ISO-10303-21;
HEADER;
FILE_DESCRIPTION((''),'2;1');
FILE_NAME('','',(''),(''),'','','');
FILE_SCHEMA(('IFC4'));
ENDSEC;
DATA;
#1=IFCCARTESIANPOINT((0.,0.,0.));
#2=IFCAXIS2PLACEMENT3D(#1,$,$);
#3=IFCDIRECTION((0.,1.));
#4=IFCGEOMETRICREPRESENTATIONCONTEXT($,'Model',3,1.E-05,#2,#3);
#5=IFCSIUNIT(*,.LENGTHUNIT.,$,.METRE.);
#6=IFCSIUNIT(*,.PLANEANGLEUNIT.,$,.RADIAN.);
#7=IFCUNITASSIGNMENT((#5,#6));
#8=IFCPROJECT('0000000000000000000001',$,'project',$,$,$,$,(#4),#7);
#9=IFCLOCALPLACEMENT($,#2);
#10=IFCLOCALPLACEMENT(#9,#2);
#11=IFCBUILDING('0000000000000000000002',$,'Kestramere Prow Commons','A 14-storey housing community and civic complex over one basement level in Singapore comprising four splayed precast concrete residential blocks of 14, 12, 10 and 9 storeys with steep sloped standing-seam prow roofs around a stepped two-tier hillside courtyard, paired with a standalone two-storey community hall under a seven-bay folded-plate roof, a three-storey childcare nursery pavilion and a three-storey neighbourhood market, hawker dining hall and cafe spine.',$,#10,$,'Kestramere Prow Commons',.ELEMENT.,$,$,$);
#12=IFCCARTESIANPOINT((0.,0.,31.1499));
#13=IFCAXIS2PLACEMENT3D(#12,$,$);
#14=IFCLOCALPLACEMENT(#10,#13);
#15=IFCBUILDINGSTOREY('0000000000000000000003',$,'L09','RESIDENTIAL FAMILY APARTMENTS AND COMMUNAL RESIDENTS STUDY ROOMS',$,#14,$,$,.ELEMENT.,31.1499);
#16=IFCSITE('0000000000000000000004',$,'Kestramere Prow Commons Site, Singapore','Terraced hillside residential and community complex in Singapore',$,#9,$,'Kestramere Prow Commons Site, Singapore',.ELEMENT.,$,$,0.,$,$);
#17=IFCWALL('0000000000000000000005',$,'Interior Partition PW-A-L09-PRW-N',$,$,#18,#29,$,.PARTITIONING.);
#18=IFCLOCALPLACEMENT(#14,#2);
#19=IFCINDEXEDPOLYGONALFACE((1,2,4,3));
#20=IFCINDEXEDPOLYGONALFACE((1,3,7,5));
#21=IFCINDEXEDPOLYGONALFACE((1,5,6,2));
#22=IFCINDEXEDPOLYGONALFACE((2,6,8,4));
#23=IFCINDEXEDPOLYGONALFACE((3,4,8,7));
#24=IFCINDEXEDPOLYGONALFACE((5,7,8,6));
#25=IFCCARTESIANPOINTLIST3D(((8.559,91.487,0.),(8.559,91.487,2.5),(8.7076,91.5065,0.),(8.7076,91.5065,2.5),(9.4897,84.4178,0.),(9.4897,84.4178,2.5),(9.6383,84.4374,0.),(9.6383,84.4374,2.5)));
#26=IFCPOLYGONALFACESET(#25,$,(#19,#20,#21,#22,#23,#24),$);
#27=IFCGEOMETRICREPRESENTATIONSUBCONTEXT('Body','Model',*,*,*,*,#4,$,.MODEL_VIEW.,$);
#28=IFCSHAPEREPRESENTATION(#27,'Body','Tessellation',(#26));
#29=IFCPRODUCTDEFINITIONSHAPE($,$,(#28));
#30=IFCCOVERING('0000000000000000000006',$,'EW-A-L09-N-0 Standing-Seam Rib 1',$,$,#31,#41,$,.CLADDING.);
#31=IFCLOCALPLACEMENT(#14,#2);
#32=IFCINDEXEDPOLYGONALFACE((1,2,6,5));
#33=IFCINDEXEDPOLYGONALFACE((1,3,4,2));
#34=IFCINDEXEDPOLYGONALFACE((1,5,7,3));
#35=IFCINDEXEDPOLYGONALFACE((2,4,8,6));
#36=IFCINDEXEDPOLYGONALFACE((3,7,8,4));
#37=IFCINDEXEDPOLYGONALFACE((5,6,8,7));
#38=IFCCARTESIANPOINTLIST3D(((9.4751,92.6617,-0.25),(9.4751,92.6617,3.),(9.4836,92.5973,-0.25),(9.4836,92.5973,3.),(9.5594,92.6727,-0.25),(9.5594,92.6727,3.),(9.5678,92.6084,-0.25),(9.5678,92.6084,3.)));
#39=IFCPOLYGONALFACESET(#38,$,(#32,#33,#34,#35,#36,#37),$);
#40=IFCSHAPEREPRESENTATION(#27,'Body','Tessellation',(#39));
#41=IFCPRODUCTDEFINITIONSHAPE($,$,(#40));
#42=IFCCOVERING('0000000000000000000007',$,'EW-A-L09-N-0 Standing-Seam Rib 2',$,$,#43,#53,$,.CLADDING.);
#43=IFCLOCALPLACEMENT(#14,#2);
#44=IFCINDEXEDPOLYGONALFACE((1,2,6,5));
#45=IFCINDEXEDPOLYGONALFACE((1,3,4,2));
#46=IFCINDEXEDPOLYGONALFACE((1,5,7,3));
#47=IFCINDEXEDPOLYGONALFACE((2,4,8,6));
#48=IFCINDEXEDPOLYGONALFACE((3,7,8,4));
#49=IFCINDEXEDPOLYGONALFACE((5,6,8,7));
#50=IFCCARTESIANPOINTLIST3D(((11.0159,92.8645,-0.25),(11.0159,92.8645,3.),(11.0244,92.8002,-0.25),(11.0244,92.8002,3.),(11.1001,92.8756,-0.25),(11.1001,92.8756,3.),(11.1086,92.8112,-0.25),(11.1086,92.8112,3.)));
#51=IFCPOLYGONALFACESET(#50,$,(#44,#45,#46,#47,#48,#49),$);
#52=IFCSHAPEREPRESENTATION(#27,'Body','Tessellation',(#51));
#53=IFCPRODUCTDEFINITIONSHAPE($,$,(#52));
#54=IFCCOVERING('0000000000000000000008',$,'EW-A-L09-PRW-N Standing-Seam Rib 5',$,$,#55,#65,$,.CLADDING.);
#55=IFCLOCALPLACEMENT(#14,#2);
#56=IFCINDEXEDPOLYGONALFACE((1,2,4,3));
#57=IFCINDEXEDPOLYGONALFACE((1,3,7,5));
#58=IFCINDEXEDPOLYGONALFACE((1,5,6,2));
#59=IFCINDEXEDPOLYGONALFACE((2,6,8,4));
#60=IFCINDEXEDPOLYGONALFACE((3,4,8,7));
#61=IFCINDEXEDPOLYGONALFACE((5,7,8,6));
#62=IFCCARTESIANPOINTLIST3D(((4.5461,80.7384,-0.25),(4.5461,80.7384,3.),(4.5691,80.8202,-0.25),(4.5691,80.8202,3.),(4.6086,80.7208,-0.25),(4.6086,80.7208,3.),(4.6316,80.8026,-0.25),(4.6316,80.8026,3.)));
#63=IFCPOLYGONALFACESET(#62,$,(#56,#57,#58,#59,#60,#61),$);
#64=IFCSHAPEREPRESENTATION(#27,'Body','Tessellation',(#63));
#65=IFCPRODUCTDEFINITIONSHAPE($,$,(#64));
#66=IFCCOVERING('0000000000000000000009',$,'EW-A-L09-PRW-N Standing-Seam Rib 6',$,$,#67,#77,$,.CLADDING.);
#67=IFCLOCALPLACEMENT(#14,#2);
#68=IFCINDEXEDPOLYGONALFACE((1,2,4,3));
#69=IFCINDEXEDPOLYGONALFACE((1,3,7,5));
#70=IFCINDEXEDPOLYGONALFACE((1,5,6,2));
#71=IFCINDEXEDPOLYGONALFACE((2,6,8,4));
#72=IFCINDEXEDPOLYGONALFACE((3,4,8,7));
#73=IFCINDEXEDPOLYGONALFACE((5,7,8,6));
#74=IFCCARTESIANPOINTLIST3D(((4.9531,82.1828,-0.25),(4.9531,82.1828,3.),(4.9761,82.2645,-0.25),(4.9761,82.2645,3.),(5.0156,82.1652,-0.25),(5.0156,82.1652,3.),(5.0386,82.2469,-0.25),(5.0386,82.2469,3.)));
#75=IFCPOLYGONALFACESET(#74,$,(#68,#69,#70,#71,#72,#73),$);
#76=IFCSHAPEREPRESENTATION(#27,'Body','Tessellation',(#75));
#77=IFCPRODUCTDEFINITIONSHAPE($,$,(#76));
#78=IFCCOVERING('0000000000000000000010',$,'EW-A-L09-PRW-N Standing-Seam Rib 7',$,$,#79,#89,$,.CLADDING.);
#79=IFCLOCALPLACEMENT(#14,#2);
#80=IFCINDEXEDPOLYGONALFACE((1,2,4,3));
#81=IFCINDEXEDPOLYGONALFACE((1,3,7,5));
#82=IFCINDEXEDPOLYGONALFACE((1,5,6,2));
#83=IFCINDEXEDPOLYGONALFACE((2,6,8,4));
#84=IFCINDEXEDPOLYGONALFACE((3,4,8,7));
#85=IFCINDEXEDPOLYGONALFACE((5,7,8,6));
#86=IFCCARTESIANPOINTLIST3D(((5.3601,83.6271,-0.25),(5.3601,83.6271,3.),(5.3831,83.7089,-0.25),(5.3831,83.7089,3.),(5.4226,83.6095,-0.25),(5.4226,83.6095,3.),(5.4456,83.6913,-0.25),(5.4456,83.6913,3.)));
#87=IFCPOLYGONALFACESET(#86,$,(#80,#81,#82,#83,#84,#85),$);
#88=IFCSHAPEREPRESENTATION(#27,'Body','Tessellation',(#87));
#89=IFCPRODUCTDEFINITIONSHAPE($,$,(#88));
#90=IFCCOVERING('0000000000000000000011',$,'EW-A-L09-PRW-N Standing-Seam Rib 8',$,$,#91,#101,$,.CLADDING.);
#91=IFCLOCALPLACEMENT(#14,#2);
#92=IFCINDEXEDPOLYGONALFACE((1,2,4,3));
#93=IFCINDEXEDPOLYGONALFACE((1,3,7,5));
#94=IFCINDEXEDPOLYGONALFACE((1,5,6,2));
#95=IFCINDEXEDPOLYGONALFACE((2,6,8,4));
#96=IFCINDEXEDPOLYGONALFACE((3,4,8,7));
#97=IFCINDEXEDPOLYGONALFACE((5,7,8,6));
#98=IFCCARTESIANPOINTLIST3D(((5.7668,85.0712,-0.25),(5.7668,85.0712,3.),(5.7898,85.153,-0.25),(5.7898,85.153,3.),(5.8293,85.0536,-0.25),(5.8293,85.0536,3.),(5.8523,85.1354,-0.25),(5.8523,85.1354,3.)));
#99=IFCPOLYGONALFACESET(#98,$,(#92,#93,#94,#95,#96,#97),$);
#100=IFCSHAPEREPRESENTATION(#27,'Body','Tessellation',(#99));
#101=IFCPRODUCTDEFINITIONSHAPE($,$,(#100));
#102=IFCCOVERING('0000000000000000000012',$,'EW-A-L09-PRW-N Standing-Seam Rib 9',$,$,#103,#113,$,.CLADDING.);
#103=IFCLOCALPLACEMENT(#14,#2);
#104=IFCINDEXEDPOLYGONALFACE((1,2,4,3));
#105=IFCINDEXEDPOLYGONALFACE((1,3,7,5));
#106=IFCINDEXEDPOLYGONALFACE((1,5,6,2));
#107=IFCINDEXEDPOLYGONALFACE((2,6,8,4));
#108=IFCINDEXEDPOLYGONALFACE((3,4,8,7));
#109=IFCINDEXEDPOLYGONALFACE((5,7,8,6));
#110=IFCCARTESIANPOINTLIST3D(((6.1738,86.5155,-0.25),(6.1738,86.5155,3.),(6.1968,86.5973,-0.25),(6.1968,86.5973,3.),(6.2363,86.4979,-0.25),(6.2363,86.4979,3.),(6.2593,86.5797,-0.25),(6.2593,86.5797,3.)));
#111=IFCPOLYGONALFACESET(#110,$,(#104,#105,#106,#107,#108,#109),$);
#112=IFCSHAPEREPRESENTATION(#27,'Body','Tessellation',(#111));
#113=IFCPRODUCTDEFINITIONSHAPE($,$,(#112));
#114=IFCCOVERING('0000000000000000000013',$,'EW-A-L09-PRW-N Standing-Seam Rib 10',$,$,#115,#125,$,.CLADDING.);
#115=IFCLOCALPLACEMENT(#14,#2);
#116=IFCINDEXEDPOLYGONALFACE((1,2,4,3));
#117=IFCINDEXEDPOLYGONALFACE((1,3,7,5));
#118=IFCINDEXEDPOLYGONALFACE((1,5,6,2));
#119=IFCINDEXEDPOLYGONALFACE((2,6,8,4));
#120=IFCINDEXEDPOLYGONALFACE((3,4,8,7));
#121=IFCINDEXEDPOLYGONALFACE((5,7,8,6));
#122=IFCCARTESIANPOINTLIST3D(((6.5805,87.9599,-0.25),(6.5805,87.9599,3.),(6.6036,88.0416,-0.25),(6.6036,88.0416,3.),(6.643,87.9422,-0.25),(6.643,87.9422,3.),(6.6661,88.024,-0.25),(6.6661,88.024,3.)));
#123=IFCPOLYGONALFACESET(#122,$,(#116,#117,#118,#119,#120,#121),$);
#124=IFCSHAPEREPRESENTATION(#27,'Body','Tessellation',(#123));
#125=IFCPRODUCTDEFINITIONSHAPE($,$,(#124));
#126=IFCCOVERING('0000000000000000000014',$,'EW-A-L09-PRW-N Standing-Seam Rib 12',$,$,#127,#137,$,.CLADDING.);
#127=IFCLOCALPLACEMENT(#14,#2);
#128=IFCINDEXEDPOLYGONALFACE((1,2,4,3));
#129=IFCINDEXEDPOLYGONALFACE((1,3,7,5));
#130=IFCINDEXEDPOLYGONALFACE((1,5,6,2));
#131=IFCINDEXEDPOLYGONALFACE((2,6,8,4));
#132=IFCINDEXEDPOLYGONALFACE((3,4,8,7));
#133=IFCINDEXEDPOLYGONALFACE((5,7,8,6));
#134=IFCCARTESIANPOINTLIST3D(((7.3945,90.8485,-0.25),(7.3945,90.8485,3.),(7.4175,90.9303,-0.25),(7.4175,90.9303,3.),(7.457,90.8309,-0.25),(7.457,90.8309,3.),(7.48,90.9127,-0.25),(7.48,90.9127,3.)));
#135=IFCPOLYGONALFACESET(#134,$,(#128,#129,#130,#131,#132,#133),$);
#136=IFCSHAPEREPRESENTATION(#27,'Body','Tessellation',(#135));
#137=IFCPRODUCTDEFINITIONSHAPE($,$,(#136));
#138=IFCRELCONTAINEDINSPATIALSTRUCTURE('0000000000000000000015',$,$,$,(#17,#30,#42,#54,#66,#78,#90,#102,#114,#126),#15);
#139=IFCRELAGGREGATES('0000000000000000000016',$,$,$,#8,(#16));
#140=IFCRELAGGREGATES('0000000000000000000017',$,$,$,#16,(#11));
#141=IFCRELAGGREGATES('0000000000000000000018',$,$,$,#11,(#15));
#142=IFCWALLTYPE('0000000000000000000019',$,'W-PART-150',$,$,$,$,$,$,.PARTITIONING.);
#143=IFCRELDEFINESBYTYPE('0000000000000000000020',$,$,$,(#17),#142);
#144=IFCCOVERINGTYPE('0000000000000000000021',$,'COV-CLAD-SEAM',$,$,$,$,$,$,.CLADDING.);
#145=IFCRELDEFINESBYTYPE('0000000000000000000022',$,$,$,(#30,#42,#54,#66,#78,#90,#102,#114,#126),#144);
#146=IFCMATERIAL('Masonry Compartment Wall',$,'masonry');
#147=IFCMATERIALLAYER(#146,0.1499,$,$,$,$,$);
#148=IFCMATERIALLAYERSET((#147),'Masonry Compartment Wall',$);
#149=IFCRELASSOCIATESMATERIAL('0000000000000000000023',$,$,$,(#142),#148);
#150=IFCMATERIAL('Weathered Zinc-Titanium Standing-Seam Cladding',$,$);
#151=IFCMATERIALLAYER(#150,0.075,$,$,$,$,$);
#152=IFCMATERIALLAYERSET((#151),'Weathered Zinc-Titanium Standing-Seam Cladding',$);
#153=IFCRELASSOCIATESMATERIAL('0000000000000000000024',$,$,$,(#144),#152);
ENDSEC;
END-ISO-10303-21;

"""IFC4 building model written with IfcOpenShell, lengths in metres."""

from ifc_helpers import new_model, si_unit, direction, frame, frame_2d, origin, origin_2d, place, context, subcontext, project, spatial, rectangle, extrude, material, layer, layer_set, type_object, element, save


model = new_model("IFC4")

# Units and contexts
model_context = context("Model", 3, precision=1e-05, world=origin(), true_north=direction((0.0, 1.0)))
body_context = subcontext(model_context, "Body", "Model", "MODEL_VIEW")
ifc_project = project(units=[si_unit("LENGTHUNIT", "METRE"), si_unit("PLANEANGLEUNIT", "RADIAN")], contexts=[model_context])

# Site, building, storey
site_placement = place(None, origin())
site = spatial("IfcSite", under=ifc_project, at=site_placement, Name="Kestramere Prow Commons Site, Singapore", Description="Terraced hillside residential and community complex in Singapore", LongName="Kestramere Prow Commons Site, Singapore", CompositionType="ELEMENT", RefElevation=0.0)
building_placement = place(site_placement, origin())
building = spatial("IfcBuilding", under=site, at=building_placement, Name="Kestramere Prow Commons", Description="A 14-storey housing community and civic complex over one basement level in Singapore comprising four splayed precast concrete residential blocks of 14, 12, 10 and 9 storeys with steep sloped standing-seam prow roofs around a stepped two-tier hillside courtyard, paired with a standalone two-storey community hall under a seven-bay folded-plate roof, a three-storey childcare nursery pavilion and a three-storey neighbourhood market, hawker dining hall and cafe spine.", LongName="Kestramere Prow Commons", CompositionType="ELEMENT")
storey_placement = place(building_placement, frame((0.0, 0.0, 31.1499)))
storey = spatial("IfcBuildingStorey", under=building, at=storey_placement, Name="L09", Description="RESIDENTIAL FAMILY APARTMENTS AND COMMUNAL RESIDENTS STUDY ROOMS", CompositionType="ELEMENT", Elevation=31.1499)

# Wall
ifc_material_1 = material(Name="Masonry Compartment Wall", Category="masonry")
ifc_layer_1 = layer(ifc_material_1, 0.1499)
ifc_layer_set_1 = layer_set([ifc_layer_1], Name="Masonry Compartment Wall")
wall_type_1 = type_object("IfcWallType", Name="W-PART-150", PredefinedType="PARTITIONING", material=ifc_layer_set_1)
wall_1_placement = place(storey_placement, frame((9.564, 84.4277, 0.0), z_axis=(0.0, 0.0, 1.0), x_axis=(-0.130526, 0.991445, 0.0)))
element("IfcWall", 1, at=wall_1_placement, inside=storey, type_object=wall_type_1, Name="Interior Partition PW-A-L09-PRW-N", PredefinedType="PARTITIONING", context=body_context, shape_type="SweptSolid", body=[
    extrude(rectangle(XDim=7.1301, YDim=0.1499, at=frame_2d((3.5649, 0.0))), origin(), (0.0, 0.0, 1.0), 2.5),
])

# Coverings
ifc_material_2 = material(Name="Weathered Zinc-Titanium Standing-Seam Cladding")
ifc_layer_2 = layer(ifc_material_2, 0.075)
ifc_layer_set_2 = layer_set([ifc_layer_2], Name="Weathered Zinc-Titanium Standing-Seam Cladding")
covering_type = type_object("IfcCoveringType", Name="COV-CLAD-SEAM", PredefinedType="CLADDING", material=ifc_layer_set_2)
for number, where, z_axis, x_axis, name in (
    (2, (9.5215, 92.635, -0.25), (0.0, 0.0, 1.0), (0.991445, 0.130526, 0.0), "EW-A-L09-N-0 Standing-Seam Rib 1"),
    (3, (11.0623, 92.8379, -0.25), (0.0, 0.0, 1.0), (0.991445, 0.130526, 0.0), "EW-A-L09-N-0 Standing-Seam Rib 2"),
    (4, (4.5889, 80.7705, -0.25), (0.0, 0.0, 1.0), (0.27116, 0.962534, 0.0), "EW-A-L09-PRW-N Standing-Seam Rib 5"),
    (5, (4.9958, 82.2148, -0.25), (0.0, 0.0, 1.0), (0.27116, 0.962534, 0.0), "EW-A-L09-PRW-N Standing-Seam Rib 6"),
    (6, (5.4028, 83.6592, -0.25), (0.0, 0.0, 1.0), (0.27116, 0.962534, 0.0), "EW-A-L09-PRW-N Standing-Seam Rib 7"),
    (7, (5.8096, 85.1033, -0.25), (0.0, 0.0, 1.0), (0.27116, 0.962534, 0.0), "EW-A-L09-PRW-N Standing-Seam Rib 8"),
    (8, (6.2166, 86.5476, -0.25), (0.0, 0.0, 1.0), (0.27116, 0.962534, 0.0), "EW-A-L09-PRW-N Standing-Seam Rib 9"),
    (9, (6.6233, 87.9919, -0.25), (0.0, 0.0, 1.0), (0.27116, 0.962534, 0.0), "EW-A-L09-PRW-N Standing-Seam Rib 10"),
    (10, (7.4373, 90.8806, -0.25), (0.0, 0.0, 1.0), (0.27116, 0.962534, 0.0), "EW-A-L09-PRW-N Standing-Seam Rib 12"),
):
    element("IfcCovering", number, at=place(storey_placement, frame(where, z_axis=z_axis, x_axis=x_axis)), inside=storey, type_object=covering_type, Name=name, PredefinedType="CLADDING", context=body_context, shape_type="SweptSolid", body=[
        extrude(rectangle(XDim=0.085, YDim=0.0649, at=origin_2d()), origin(), (0.0, 0.0, 1.0), 3.25),
    ])

save(model, "model.ifc")
